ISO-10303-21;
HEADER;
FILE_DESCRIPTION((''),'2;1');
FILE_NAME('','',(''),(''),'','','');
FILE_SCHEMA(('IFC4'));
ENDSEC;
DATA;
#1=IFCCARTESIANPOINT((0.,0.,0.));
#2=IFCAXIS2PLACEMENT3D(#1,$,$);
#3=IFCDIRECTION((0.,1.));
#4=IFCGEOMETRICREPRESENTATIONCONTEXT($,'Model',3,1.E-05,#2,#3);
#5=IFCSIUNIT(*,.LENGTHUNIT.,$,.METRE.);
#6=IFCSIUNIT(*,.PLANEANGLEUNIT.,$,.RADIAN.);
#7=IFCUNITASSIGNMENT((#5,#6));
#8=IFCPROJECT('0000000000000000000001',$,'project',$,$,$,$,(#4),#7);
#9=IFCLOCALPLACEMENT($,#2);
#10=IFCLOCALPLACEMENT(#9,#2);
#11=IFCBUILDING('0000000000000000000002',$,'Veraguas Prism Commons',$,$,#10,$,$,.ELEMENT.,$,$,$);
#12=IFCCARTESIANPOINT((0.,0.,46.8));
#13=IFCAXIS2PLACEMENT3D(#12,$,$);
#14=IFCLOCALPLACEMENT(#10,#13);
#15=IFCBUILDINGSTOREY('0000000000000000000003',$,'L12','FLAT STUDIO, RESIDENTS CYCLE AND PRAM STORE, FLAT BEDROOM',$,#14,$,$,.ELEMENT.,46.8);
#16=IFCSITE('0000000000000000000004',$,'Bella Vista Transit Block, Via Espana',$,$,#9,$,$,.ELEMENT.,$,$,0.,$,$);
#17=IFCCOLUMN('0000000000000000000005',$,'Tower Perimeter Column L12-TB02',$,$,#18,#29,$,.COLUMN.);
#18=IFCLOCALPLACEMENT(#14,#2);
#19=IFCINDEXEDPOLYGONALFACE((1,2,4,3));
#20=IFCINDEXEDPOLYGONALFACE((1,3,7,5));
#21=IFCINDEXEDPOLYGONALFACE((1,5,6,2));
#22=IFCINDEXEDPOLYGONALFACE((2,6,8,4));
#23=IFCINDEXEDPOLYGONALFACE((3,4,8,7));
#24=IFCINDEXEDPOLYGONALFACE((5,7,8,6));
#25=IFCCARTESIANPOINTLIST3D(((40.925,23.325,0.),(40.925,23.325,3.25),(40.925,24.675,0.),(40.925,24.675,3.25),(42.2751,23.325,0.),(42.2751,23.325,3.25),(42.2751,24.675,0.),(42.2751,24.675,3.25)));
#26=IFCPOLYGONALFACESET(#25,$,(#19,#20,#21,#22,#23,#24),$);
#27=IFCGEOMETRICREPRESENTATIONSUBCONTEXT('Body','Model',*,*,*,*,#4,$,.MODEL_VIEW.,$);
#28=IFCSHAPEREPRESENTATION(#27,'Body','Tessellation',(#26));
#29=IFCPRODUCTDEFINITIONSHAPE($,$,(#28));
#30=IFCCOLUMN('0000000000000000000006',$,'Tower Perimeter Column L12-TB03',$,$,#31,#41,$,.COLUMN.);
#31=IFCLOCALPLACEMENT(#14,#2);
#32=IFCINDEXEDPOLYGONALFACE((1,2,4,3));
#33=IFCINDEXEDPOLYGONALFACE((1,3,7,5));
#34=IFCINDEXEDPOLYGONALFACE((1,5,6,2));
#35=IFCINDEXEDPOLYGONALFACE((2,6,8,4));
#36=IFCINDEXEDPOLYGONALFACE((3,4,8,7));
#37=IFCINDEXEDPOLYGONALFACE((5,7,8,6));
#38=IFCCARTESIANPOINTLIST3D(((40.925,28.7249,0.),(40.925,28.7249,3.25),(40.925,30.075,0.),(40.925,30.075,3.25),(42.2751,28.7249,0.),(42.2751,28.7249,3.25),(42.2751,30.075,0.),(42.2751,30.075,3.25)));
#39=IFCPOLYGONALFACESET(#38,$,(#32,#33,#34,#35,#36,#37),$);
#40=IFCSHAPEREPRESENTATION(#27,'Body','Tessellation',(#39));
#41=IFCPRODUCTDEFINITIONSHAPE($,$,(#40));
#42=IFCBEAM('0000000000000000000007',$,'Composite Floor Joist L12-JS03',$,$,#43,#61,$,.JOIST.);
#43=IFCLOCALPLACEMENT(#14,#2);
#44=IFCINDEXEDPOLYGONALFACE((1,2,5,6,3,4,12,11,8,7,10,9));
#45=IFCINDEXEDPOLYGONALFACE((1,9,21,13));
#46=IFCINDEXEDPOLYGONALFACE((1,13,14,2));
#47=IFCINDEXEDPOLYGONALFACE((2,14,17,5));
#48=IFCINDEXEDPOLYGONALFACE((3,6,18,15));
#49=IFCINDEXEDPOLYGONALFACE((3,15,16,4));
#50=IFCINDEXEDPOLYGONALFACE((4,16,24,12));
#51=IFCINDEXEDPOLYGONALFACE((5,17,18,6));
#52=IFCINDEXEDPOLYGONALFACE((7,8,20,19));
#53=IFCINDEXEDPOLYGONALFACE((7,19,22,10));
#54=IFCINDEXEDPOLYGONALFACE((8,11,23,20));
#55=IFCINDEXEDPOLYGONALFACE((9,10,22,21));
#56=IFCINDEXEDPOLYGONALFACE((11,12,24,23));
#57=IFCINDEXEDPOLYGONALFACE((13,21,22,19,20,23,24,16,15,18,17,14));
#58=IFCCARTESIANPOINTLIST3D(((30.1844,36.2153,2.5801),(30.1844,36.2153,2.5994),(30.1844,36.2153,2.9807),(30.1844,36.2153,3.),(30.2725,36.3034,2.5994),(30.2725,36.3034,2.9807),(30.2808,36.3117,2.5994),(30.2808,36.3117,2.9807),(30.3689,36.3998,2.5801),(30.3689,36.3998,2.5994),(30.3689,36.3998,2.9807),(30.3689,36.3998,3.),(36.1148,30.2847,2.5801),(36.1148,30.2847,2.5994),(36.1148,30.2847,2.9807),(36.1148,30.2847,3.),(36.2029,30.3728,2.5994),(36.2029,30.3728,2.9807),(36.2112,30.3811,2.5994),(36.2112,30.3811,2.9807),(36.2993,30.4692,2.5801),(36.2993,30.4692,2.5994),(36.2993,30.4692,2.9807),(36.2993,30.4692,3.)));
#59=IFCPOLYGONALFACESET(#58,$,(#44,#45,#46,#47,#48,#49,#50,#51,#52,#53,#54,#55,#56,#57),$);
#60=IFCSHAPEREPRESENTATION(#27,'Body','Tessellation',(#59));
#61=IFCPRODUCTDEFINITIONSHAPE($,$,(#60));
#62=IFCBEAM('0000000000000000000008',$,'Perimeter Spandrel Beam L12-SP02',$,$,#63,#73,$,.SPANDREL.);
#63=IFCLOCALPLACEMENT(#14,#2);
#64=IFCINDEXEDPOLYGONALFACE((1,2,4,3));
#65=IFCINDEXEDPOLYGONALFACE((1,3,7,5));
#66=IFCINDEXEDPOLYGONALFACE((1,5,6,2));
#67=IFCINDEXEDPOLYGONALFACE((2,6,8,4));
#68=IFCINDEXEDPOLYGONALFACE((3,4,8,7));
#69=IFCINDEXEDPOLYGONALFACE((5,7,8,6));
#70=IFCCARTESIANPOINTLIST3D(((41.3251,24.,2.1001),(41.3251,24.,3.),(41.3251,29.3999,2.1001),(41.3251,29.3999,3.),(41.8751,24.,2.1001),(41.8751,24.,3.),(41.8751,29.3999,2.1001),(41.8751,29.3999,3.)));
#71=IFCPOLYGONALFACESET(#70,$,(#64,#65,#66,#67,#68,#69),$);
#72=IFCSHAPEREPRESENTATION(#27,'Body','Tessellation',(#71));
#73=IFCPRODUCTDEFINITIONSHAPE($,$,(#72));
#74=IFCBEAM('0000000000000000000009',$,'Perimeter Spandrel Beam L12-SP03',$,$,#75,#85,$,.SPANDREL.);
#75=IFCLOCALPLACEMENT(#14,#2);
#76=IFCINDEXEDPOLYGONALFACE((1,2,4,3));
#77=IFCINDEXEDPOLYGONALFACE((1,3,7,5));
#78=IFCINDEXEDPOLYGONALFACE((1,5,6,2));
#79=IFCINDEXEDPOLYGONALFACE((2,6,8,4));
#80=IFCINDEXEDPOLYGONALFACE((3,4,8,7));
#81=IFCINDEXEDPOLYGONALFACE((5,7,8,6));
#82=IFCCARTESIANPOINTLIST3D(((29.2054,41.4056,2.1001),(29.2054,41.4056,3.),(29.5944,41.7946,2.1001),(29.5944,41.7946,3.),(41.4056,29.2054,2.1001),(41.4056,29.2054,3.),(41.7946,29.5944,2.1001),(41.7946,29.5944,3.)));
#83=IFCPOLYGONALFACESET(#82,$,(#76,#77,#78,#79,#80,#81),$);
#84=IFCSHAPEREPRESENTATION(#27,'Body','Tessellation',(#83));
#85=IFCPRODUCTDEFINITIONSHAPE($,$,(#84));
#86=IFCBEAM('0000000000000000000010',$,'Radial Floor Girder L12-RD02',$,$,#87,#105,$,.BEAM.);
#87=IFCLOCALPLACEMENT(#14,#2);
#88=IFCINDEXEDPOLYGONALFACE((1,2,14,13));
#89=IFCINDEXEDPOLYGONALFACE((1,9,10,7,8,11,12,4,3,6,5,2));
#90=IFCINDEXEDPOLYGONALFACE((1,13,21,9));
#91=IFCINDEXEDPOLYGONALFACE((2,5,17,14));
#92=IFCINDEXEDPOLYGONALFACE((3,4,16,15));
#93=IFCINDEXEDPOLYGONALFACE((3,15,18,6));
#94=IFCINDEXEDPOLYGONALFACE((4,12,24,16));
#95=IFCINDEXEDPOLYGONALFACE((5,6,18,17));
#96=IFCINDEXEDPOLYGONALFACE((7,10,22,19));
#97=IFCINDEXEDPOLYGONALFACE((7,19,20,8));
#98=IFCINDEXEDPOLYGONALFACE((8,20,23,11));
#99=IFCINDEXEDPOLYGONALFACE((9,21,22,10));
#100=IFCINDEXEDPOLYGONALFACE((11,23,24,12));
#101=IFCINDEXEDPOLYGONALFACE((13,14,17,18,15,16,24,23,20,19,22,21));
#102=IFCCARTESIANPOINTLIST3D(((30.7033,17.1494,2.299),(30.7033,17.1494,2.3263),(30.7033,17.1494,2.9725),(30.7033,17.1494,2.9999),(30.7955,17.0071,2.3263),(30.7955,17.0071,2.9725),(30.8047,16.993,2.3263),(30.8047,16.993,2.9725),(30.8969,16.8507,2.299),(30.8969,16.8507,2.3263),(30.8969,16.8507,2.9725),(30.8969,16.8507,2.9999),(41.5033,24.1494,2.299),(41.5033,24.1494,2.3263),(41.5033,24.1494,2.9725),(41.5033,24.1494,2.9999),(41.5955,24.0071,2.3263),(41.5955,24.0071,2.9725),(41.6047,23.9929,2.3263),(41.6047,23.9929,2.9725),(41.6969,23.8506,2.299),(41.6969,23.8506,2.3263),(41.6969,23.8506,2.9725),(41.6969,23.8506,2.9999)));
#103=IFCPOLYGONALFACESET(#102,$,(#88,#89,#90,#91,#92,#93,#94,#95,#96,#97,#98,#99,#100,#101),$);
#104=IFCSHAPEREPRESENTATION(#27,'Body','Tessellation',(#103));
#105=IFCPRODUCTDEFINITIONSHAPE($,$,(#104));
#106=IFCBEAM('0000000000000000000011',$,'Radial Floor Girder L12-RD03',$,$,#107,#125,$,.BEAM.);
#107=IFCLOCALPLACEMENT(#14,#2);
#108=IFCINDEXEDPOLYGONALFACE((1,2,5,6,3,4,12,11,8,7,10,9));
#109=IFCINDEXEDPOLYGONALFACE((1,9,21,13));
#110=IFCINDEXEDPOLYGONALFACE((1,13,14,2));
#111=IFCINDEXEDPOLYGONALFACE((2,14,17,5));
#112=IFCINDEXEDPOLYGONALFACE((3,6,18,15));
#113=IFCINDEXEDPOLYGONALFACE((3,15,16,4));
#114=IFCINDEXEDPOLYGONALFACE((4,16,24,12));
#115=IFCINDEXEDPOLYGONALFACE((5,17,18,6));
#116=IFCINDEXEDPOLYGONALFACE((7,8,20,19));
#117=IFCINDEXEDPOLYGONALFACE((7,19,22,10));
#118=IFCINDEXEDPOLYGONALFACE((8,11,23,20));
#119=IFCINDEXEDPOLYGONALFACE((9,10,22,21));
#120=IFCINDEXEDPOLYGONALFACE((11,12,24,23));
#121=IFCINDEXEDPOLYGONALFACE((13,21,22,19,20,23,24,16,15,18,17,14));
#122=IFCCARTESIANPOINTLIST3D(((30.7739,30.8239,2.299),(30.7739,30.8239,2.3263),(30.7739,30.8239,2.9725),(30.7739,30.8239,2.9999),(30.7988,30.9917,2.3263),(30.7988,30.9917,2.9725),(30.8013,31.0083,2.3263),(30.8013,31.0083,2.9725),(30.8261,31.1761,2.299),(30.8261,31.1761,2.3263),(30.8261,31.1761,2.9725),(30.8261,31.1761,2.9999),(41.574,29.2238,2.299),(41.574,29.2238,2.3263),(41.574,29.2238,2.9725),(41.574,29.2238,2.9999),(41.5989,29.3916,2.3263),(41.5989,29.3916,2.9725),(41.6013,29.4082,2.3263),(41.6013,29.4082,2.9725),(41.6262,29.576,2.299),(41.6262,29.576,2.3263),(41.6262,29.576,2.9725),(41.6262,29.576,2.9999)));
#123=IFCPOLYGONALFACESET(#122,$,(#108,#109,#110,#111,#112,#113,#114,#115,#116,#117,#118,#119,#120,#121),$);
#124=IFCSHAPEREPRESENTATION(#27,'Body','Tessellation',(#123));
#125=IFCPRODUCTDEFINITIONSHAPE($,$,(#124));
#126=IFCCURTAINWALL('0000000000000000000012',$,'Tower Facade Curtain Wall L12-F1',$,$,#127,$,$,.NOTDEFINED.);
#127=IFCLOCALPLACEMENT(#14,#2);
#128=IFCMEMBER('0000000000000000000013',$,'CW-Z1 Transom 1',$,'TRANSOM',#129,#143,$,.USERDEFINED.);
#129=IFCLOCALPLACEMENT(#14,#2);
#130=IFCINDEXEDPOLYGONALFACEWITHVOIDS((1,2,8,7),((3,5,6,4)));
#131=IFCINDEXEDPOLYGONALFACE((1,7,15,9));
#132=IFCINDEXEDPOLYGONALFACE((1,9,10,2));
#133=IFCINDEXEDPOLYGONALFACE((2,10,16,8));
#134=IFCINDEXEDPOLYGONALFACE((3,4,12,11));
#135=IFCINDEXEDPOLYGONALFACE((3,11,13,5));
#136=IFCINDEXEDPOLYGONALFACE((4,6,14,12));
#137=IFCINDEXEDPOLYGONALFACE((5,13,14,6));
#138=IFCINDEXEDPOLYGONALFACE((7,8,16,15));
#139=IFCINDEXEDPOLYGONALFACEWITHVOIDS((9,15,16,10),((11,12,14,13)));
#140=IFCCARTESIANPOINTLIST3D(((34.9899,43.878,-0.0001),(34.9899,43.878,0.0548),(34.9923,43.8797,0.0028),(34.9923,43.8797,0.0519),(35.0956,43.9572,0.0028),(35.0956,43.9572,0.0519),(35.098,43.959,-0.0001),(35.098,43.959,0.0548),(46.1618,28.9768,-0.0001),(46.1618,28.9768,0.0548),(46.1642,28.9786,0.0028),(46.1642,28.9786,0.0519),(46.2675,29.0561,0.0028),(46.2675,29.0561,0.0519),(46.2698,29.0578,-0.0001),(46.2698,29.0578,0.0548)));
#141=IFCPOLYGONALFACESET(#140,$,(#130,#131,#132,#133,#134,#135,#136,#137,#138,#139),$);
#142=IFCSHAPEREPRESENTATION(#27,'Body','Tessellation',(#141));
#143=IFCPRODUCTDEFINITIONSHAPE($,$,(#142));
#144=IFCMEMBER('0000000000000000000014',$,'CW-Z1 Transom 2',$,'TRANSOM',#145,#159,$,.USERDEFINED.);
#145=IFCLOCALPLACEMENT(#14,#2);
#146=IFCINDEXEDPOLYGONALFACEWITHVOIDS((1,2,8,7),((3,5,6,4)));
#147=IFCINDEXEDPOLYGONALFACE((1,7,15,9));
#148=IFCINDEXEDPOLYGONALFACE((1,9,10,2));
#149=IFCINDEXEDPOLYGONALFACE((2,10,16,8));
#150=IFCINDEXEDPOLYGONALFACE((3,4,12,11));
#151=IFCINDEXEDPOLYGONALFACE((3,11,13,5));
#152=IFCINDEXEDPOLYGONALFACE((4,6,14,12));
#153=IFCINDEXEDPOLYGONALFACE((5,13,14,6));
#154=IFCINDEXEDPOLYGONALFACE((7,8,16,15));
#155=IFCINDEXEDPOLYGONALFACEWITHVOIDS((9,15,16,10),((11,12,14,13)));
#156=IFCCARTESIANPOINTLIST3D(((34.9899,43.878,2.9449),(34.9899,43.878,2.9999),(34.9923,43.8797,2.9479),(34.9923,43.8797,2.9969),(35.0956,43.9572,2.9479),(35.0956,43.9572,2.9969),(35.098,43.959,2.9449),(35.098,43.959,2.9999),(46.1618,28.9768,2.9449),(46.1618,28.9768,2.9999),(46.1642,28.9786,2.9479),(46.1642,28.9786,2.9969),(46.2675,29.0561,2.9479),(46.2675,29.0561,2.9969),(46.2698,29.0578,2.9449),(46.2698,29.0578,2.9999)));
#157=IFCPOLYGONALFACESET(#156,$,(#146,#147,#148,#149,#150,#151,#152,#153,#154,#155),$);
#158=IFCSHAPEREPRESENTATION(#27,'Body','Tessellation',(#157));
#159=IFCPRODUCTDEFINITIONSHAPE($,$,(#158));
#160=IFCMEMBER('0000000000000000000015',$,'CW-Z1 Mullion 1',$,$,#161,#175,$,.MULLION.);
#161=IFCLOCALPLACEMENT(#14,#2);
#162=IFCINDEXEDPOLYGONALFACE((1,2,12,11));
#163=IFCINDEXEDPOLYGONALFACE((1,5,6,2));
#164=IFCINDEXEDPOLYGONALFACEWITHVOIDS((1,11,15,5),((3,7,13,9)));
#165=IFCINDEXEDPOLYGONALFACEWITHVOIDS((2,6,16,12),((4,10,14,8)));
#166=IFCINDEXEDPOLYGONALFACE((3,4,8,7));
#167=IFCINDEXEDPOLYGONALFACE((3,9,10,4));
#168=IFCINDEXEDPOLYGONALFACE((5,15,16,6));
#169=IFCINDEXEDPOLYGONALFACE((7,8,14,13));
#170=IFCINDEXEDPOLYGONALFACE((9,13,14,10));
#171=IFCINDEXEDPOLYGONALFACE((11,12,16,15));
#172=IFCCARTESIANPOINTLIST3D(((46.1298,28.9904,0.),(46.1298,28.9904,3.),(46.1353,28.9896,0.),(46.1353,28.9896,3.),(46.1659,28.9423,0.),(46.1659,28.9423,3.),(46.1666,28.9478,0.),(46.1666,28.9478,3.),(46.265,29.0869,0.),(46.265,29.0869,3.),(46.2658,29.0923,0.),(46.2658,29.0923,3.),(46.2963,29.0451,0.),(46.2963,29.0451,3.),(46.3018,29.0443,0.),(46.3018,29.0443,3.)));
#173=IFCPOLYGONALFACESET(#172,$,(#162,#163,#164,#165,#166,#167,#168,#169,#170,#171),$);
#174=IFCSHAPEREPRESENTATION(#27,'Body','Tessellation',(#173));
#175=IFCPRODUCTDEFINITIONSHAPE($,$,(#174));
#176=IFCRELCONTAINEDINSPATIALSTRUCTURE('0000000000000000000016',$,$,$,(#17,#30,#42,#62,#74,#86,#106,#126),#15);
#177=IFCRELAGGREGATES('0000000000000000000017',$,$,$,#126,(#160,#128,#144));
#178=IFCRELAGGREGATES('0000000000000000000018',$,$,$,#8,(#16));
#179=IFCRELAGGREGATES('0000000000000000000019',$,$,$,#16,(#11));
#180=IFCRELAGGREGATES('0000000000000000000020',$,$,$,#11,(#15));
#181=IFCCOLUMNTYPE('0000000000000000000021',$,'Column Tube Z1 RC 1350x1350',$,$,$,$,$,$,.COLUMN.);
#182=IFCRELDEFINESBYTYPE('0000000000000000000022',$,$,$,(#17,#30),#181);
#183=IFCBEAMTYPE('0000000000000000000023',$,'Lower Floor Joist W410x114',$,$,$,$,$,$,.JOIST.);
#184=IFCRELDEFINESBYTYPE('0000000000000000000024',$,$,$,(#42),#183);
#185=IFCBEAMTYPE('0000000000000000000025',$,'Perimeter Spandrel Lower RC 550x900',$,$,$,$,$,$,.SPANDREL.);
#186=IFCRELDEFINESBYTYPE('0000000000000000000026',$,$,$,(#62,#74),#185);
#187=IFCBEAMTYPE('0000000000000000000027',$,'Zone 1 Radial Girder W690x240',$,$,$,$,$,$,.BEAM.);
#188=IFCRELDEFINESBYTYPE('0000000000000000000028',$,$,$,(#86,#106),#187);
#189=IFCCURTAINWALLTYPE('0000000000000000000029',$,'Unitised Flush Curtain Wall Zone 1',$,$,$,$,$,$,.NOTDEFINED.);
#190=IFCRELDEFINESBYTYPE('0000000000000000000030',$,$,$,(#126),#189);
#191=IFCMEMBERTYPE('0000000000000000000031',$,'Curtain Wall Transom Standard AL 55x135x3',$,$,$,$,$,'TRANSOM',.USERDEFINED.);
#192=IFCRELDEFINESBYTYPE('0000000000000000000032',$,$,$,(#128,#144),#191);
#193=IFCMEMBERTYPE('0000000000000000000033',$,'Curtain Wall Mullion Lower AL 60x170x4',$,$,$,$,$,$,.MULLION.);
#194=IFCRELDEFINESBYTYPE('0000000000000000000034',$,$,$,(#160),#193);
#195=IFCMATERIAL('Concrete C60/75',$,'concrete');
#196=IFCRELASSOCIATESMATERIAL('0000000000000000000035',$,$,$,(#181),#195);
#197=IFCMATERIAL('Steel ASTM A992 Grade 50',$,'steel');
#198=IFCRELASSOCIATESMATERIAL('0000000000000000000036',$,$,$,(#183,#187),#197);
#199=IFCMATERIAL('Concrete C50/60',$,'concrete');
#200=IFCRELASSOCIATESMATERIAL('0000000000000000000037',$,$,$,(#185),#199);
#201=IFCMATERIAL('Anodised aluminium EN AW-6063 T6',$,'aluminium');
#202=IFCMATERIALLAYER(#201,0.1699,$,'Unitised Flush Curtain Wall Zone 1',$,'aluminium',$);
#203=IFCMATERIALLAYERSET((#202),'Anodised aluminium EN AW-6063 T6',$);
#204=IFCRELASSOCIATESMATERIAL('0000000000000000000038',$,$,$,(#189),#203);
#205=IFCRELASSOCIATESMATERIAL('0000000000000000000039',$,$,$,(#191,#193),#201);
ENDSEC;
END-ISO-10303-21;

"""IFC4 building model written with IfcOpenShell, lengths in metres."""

from ifc_helpers import new_model, si_unit, direction, frame, origin, origin_2d, place, context, subcontext, project, spatial, rectangle, hollow_rectangle, i_section, extrude, source, transform, mapped, material, layer, layer_set, material_profile, profile_set, type_object, element, aggregate, save


model = new_model("IFC4")

# Units and contexts
model_context = context("Model", 3, precision=1e-05, world=origin(), true_north=direction((0.0, 1.0)))
body_context = subcontext(model_context, "Body", "Model", "MODEL_VIEW")
ifc_project = project(units=[si_unit("LENGTHUNIT", "METRE"), si_unit("PLANEANGLEUNIT", "RADIAN")], contexts=[model_context])

# Site, building, storey
site_placement = place(None, origin())
site = spatial("IfcSite", under=ifc_project, at=site_placement, Name="Bella Vista Transit Block, Via Espana", CompositionType="ELEMENT", RefElevation=0.0)
building_placement = place(site_placement, origin())
building = spatial("IfcBuilding", under=site, at=building_placement, Name="Veraguas Prism Commons", CompositionType="ELEMENT")
storey_placement = place(building_placement, frame((0.0, 0.0, 46.8)))
storey = spatial("IfcBuildingStorey", under=building, at=storey_placement, Name="L12", Description="FLAT STUDIO, RESIDENTS CYCLE AND PRAM STORE, FLAT BEDROOM", CompositionType="ELEMENT", Elevation=46.8)

# Columns
ifc_material_1 = material(Name="Concrete C60/75", Category="concrete")
ifc_material_profile_1 = material_profile(ifc_material_1, rectangle(XDim=1.3501, YDim=1.3501, at=origin_2d()), Name="RC1350X1350")
ifc_profile_set_1 = profile_set([ifc_material_profile_1], Name="Concrete C60/75")
column_type = type_object("IfcColumnType", Name="Column Tube Z1 RC 1350x1350", PredefinedType="COLUMN", material=ifc_profile_set_1)
for number, where, z_axis, x_axis, name in (
    (1, (41.6001, 24.0, 0.0), (0.0, 0.0, 1.0), (1.0, 0.0, 0.0), "Tower Perimeter Column L12-TB02"),
    (2, (41.6001, 29.3999, 0.0), (0.0, 0.0, 1.0), (1.0, 0.0, 0.0), "Tower Perimeter Column L12-TB03"),
):
    element("IfcColumn", number, at=place(storey_placement, frame(where, z_axis=z_axis, x_axis=x_axis)), inside=storey, type_object=column_type, Name=name, PredefinedType="COLUMN", context=body_context, shape_type="SweptSolid", body=[
        extrude(rectangle(XDim=1.3501, YDim=1.3501, at=origin_2d()), origin(), (0.0, 0.0, 1.0), 3.25),
    ])

# Beams
ifc_material_2 = material(Name="Steel ASTM A992 Grade 50", Category="steel")
ifc_material_profile_2 = material_profile(ifc_material_2, i_section(OverallWidth=0.261, OverallDepth=0.4199, WebThickness=0.0117, FlangeThickness=0.0193, at=origin_2d()), Name="W410X114")
ifc_profile_set_2 = profile_set([ifc_material_profile_2], Name="Steel ASTM A992 Grade 50")
beam_type_1 = type_object("IfcBeamType", Name="Lower Floor Joist W410x114", PredefinedType="JOIST", material=ifc_profile_set_2)
beam_1_placement = place(storey_placement, frame((36.207, 30.377, 2.79), z_axis=(-0.707092, 0.707121, 0.0), x_axis=(-0.707121, -0.707092, 0.0)))
element("IfcBeam", 3, at=beam_1_placement, inside=storey, type_object=beam_type_1, Name="Composite Floor Joist L12-JS03", PredefinedType="JOIST", context=body_context, shape_type="SweptSolid", body=[
    extrude(i_section(OverallWidth=0.261, OverallDepth=0.4199, WebThickness=0.0117, FlangeThickness=0.0193, at=origin_2d()), origin(), (0.0, 0.0, 1.0), 8.387),
])
ifc_material_3 = material(Name="Concrete C50/60", Category="concrete")
ifc_material_profile_3 = material_profile(ifc_material_3, rectangle(XDim=0.55, YDim=0.8999, at=origin_2d()), Name="RC550X900")
ifc_profile_set_3 = profile_set([ifc_material_profile_3], Name="Concrete C50/60")
beam_type_2 = type_object("IfcBeamType", Name="Perimeter Spandrel Lower RC 550x900", PredefinedType="SPANDREL", material=ifc_profile_set_3)
beam_2_placement = place(storey_placement, frame((41.6001, 24.0, 2.55), z_axis=(0.0, 1.0, 0.0), x_axis=(-1.0, 0.0, 0.0)))
element("IfcBeam", 4, at=beam_2_placement, inside=storey, type_object=beam_type_2, Name="Perimeter Spandrel Beam L12-SP02", PredefinedType="SPANDREL", context=body_context, shape_type="SweptSolid", body=[
    extrude(rectangle(XDim=0.55, YDim=0.8999, at=origin_2d()), origin(), (0.0, 0.0, 1.0), 5.3999),
])
beam_3_placement = place(storey_placement, frame((41.6001, 29.3999, 2.55), z_axis=(-0.707107, 0.707107, 0.0), x_axis=(-0.707107, -0.707107, 0.0)))
element("IfcBeam", 5, at=beam_3_placement, inside=storey, type_object=beam_type_2, Name="Perimeter Spandrel Beam L12-SP03", PredefinedType="SPANDREL", context=body_context, shape_type="SweptSolid", body=[
    extrude(rectangle(XDim=0.55, YDim=0.8999, at=origin_2d()), origin(), (0.0, 0.0, 1.0), 17.2537),
])
ifc_material_profile_4 = material_profile(ifc_material_2, i_section(OverallWidth=0.356, OverallDepth=0.7009, WebThickness=0.0168, FlangeThickness=0.0273, at=origin_2d()), Name="W690X240")
ifc_profile_set_4 = profile_set([ifc_material_profile_4], Name="Steel ASTM A992 Grade 50")
beam_type_3 = type_object("IfcBeamType", Name="Zone 1 Radial Girder W690x240", PredefinedType="BEAM", material=ifc_profile_set_4)
beam_4_placement = place(storey_placement, frame((41.6001, 24.0, 2.6494), z_axis=(-0.839154, -0.543894, 0.0), x_axis=(0.543894, -0.839154, 0.0)))
element("IfcBeam", 6, at=beam_4_placement, inside=storey, type_object=beam_type_3, Name="Radial Floor Girder L12-RD02", PredefinedType="BEAM", context=body_context, shape_type="SweptSolid", body=[
    extrude(i_section(OverallWidth=0.356, OverallDepth=0.7009, WebThickness=0.0168, FlangeThickness=0.0273, at=origin_2d()), origin(), (0.0, 0.0, 1.0), 12.8701),
])
beam_5_placement = place(storey_placement, frame((41.6001, 29.3999, 2.6494), z_axis=(-0.989202, 0.146557, 0.0), x_axis=(-0.146557, -0.989202, 0.0)))
element("IfcBeam", 7, at=beam_5_placement, inside=storey, type_object=beam_type_3, Name="Radial Floor Girder L12-RD03", PredefinedType="BEAM", context=body_context, shape_type="SweptSolid", body=[
    extrude(i_section(OverallWidth=0.356, OverallDepth=0.7009, WebThickness=0.0168, FlangeThickness=0.0273, at=origin_2d()), origin(), (0.0, 0.0, 1.0), 10.918),
])

# Curtain wall, members
ifc_material_4 = material(Name="Anodised aluminium EN AW-6063 T6", Category="aluminium")
ifc_layer_1 = layer(ifc_material_4, 0.1699, Name="Unitised Flush Curtain Wall Zone 1", Category="aluminium")
ifc_layer_set_1 = layer_set([ifc_layer_1], Name="Anodised aluminium EN AW-6063 T6")
curtain_wall_type = type_object("IfcCurtainWallType", Name="Unitised Flush Curtain Wall Zone 1", PredefinedType="NOTDEFINED", material=ifc_layer_set_1)
curtain_wall_1_placement = place(storey_placement, origin())
curtain_wall_1 = element("IfcCurtainWall", 8, at=curtain_wall_1_placement, inside=storey, type_object=curtain_wall_type, Name="Tower Facade Curtain Wall L12-F1", PredefinedType="NOTDEFINED")
ifc_material_profile_5 = material_profile(ifc_material_4, hollow_rectangle(XDim=0.0549, YDim=0.135, WallThickness=0.0029, at=origin_2d()), Name="AL55X135X3")
ifc_profile_set_5 = profile_set([ifc_material_profile_5], Name="Anodised aluminium EN AW-6063 T6")
member_type_1 = type_object("IfcMemberType", Name="Curtain Wall Transom Standard AL 55x135x3", ElementType="TRANSOM", PredefinedType="USERDEFINED", material=ifc_profile_set_5)
shared_shape_1 = source(origin(), body_context, "Body", "SweptSolid", [
    extrude(hollow_rectangle(XDim=0.0549, YDim=0.135, WallThickness=0.0029, at=origin_2d()), origin(), (0.0, 0.0, 1.0), 18.624),
])
member_1_placement = place(storey_placement, frame((46.2158, 29.0173, 0.0273), z_axis=(-0.599864, 0.800102, 0.0), x_axis=(0.0, 0.0, 1.0)))
member_1 = element("IfcMember", 9, at=member_1_placement, type_object=member_type_1, Name="CW-Z1 Transom 1", ObjectType="TRANSOM", PredefinedType="USERDEFINED", context=body_context, shape_type="MappedRepresentation", body=[
    mapped(shared_shape_1, transform((0.0, 0.0, 0.0), scale=1.0)),
])
member_2_placement = place(storey_placement, frame((46.2158, 29.0173, 2.9724), z_axis=(-0.599864, 0.800102, 0.0), x_axis=(0.0, 0.0, 1.0)))
member_2 = element("IfcMember", 10, at=member_2_placement, type_object=member_type_1, Name="CW-Z1 Transom 2", ObjectType="TRANSOM", PredefinedType="USERDEFINED", context=body_context, shape_type="MappedRepresentation", body=[
    mapped(shared_shape_1, transform((0.0, 0.0, 0.0), scale=1.0)),
])
ifc_material_profile_6 = material_profile(ifc_material_4, hollow_rectangle(XDim=0.0601, YDim=0.1699, WallThickness=0.0039, at=origin_2d()), Name="AL60X170X4")
ifc_profile_set_6 = profile_set([ifc_material_profile_6], Name="Anodised aluminium EN AW-6063 T6")
member_type_2 = type_object("IfcMemberType", Name="Curtain Wall Mullion Lower AL 60x170x4", PredefinedType="MULLION", material=ifc_profile_set_6)
shared_shape_2 = source(origin(), body_context, "Body", "SweptSolid", [
    extrude(hollow_rectangle(XDim=0.0601, YDim=0.1699, WallThickness=0.0039, at=origin_2d()), origin(), (0.0, 0.0, 1.0), 3.0),
])
member_3_placement = place(storey_placement, frame((46.2158, 29.0173, 0.0), z_axis=(0.0, 0.0, 1.0), x_axis=(-0.599862, 0.800104, 0.0)))
member_3 = element("IfcMember", 11, at=member_3_placement, type_object=member_type_2, Name="CW-Z1 Mullion 1", PredefinedType="MULLION", context=body_context, shape_type="MappedRepresentation", body=[
    mapped(shared_shape_2, transform((0.0, 0.0, 0.0), scale=1.0)),
])
aggregate(curtain_wall_1, [member_3, member_1, member_2])

save(model, "model.ifc")
